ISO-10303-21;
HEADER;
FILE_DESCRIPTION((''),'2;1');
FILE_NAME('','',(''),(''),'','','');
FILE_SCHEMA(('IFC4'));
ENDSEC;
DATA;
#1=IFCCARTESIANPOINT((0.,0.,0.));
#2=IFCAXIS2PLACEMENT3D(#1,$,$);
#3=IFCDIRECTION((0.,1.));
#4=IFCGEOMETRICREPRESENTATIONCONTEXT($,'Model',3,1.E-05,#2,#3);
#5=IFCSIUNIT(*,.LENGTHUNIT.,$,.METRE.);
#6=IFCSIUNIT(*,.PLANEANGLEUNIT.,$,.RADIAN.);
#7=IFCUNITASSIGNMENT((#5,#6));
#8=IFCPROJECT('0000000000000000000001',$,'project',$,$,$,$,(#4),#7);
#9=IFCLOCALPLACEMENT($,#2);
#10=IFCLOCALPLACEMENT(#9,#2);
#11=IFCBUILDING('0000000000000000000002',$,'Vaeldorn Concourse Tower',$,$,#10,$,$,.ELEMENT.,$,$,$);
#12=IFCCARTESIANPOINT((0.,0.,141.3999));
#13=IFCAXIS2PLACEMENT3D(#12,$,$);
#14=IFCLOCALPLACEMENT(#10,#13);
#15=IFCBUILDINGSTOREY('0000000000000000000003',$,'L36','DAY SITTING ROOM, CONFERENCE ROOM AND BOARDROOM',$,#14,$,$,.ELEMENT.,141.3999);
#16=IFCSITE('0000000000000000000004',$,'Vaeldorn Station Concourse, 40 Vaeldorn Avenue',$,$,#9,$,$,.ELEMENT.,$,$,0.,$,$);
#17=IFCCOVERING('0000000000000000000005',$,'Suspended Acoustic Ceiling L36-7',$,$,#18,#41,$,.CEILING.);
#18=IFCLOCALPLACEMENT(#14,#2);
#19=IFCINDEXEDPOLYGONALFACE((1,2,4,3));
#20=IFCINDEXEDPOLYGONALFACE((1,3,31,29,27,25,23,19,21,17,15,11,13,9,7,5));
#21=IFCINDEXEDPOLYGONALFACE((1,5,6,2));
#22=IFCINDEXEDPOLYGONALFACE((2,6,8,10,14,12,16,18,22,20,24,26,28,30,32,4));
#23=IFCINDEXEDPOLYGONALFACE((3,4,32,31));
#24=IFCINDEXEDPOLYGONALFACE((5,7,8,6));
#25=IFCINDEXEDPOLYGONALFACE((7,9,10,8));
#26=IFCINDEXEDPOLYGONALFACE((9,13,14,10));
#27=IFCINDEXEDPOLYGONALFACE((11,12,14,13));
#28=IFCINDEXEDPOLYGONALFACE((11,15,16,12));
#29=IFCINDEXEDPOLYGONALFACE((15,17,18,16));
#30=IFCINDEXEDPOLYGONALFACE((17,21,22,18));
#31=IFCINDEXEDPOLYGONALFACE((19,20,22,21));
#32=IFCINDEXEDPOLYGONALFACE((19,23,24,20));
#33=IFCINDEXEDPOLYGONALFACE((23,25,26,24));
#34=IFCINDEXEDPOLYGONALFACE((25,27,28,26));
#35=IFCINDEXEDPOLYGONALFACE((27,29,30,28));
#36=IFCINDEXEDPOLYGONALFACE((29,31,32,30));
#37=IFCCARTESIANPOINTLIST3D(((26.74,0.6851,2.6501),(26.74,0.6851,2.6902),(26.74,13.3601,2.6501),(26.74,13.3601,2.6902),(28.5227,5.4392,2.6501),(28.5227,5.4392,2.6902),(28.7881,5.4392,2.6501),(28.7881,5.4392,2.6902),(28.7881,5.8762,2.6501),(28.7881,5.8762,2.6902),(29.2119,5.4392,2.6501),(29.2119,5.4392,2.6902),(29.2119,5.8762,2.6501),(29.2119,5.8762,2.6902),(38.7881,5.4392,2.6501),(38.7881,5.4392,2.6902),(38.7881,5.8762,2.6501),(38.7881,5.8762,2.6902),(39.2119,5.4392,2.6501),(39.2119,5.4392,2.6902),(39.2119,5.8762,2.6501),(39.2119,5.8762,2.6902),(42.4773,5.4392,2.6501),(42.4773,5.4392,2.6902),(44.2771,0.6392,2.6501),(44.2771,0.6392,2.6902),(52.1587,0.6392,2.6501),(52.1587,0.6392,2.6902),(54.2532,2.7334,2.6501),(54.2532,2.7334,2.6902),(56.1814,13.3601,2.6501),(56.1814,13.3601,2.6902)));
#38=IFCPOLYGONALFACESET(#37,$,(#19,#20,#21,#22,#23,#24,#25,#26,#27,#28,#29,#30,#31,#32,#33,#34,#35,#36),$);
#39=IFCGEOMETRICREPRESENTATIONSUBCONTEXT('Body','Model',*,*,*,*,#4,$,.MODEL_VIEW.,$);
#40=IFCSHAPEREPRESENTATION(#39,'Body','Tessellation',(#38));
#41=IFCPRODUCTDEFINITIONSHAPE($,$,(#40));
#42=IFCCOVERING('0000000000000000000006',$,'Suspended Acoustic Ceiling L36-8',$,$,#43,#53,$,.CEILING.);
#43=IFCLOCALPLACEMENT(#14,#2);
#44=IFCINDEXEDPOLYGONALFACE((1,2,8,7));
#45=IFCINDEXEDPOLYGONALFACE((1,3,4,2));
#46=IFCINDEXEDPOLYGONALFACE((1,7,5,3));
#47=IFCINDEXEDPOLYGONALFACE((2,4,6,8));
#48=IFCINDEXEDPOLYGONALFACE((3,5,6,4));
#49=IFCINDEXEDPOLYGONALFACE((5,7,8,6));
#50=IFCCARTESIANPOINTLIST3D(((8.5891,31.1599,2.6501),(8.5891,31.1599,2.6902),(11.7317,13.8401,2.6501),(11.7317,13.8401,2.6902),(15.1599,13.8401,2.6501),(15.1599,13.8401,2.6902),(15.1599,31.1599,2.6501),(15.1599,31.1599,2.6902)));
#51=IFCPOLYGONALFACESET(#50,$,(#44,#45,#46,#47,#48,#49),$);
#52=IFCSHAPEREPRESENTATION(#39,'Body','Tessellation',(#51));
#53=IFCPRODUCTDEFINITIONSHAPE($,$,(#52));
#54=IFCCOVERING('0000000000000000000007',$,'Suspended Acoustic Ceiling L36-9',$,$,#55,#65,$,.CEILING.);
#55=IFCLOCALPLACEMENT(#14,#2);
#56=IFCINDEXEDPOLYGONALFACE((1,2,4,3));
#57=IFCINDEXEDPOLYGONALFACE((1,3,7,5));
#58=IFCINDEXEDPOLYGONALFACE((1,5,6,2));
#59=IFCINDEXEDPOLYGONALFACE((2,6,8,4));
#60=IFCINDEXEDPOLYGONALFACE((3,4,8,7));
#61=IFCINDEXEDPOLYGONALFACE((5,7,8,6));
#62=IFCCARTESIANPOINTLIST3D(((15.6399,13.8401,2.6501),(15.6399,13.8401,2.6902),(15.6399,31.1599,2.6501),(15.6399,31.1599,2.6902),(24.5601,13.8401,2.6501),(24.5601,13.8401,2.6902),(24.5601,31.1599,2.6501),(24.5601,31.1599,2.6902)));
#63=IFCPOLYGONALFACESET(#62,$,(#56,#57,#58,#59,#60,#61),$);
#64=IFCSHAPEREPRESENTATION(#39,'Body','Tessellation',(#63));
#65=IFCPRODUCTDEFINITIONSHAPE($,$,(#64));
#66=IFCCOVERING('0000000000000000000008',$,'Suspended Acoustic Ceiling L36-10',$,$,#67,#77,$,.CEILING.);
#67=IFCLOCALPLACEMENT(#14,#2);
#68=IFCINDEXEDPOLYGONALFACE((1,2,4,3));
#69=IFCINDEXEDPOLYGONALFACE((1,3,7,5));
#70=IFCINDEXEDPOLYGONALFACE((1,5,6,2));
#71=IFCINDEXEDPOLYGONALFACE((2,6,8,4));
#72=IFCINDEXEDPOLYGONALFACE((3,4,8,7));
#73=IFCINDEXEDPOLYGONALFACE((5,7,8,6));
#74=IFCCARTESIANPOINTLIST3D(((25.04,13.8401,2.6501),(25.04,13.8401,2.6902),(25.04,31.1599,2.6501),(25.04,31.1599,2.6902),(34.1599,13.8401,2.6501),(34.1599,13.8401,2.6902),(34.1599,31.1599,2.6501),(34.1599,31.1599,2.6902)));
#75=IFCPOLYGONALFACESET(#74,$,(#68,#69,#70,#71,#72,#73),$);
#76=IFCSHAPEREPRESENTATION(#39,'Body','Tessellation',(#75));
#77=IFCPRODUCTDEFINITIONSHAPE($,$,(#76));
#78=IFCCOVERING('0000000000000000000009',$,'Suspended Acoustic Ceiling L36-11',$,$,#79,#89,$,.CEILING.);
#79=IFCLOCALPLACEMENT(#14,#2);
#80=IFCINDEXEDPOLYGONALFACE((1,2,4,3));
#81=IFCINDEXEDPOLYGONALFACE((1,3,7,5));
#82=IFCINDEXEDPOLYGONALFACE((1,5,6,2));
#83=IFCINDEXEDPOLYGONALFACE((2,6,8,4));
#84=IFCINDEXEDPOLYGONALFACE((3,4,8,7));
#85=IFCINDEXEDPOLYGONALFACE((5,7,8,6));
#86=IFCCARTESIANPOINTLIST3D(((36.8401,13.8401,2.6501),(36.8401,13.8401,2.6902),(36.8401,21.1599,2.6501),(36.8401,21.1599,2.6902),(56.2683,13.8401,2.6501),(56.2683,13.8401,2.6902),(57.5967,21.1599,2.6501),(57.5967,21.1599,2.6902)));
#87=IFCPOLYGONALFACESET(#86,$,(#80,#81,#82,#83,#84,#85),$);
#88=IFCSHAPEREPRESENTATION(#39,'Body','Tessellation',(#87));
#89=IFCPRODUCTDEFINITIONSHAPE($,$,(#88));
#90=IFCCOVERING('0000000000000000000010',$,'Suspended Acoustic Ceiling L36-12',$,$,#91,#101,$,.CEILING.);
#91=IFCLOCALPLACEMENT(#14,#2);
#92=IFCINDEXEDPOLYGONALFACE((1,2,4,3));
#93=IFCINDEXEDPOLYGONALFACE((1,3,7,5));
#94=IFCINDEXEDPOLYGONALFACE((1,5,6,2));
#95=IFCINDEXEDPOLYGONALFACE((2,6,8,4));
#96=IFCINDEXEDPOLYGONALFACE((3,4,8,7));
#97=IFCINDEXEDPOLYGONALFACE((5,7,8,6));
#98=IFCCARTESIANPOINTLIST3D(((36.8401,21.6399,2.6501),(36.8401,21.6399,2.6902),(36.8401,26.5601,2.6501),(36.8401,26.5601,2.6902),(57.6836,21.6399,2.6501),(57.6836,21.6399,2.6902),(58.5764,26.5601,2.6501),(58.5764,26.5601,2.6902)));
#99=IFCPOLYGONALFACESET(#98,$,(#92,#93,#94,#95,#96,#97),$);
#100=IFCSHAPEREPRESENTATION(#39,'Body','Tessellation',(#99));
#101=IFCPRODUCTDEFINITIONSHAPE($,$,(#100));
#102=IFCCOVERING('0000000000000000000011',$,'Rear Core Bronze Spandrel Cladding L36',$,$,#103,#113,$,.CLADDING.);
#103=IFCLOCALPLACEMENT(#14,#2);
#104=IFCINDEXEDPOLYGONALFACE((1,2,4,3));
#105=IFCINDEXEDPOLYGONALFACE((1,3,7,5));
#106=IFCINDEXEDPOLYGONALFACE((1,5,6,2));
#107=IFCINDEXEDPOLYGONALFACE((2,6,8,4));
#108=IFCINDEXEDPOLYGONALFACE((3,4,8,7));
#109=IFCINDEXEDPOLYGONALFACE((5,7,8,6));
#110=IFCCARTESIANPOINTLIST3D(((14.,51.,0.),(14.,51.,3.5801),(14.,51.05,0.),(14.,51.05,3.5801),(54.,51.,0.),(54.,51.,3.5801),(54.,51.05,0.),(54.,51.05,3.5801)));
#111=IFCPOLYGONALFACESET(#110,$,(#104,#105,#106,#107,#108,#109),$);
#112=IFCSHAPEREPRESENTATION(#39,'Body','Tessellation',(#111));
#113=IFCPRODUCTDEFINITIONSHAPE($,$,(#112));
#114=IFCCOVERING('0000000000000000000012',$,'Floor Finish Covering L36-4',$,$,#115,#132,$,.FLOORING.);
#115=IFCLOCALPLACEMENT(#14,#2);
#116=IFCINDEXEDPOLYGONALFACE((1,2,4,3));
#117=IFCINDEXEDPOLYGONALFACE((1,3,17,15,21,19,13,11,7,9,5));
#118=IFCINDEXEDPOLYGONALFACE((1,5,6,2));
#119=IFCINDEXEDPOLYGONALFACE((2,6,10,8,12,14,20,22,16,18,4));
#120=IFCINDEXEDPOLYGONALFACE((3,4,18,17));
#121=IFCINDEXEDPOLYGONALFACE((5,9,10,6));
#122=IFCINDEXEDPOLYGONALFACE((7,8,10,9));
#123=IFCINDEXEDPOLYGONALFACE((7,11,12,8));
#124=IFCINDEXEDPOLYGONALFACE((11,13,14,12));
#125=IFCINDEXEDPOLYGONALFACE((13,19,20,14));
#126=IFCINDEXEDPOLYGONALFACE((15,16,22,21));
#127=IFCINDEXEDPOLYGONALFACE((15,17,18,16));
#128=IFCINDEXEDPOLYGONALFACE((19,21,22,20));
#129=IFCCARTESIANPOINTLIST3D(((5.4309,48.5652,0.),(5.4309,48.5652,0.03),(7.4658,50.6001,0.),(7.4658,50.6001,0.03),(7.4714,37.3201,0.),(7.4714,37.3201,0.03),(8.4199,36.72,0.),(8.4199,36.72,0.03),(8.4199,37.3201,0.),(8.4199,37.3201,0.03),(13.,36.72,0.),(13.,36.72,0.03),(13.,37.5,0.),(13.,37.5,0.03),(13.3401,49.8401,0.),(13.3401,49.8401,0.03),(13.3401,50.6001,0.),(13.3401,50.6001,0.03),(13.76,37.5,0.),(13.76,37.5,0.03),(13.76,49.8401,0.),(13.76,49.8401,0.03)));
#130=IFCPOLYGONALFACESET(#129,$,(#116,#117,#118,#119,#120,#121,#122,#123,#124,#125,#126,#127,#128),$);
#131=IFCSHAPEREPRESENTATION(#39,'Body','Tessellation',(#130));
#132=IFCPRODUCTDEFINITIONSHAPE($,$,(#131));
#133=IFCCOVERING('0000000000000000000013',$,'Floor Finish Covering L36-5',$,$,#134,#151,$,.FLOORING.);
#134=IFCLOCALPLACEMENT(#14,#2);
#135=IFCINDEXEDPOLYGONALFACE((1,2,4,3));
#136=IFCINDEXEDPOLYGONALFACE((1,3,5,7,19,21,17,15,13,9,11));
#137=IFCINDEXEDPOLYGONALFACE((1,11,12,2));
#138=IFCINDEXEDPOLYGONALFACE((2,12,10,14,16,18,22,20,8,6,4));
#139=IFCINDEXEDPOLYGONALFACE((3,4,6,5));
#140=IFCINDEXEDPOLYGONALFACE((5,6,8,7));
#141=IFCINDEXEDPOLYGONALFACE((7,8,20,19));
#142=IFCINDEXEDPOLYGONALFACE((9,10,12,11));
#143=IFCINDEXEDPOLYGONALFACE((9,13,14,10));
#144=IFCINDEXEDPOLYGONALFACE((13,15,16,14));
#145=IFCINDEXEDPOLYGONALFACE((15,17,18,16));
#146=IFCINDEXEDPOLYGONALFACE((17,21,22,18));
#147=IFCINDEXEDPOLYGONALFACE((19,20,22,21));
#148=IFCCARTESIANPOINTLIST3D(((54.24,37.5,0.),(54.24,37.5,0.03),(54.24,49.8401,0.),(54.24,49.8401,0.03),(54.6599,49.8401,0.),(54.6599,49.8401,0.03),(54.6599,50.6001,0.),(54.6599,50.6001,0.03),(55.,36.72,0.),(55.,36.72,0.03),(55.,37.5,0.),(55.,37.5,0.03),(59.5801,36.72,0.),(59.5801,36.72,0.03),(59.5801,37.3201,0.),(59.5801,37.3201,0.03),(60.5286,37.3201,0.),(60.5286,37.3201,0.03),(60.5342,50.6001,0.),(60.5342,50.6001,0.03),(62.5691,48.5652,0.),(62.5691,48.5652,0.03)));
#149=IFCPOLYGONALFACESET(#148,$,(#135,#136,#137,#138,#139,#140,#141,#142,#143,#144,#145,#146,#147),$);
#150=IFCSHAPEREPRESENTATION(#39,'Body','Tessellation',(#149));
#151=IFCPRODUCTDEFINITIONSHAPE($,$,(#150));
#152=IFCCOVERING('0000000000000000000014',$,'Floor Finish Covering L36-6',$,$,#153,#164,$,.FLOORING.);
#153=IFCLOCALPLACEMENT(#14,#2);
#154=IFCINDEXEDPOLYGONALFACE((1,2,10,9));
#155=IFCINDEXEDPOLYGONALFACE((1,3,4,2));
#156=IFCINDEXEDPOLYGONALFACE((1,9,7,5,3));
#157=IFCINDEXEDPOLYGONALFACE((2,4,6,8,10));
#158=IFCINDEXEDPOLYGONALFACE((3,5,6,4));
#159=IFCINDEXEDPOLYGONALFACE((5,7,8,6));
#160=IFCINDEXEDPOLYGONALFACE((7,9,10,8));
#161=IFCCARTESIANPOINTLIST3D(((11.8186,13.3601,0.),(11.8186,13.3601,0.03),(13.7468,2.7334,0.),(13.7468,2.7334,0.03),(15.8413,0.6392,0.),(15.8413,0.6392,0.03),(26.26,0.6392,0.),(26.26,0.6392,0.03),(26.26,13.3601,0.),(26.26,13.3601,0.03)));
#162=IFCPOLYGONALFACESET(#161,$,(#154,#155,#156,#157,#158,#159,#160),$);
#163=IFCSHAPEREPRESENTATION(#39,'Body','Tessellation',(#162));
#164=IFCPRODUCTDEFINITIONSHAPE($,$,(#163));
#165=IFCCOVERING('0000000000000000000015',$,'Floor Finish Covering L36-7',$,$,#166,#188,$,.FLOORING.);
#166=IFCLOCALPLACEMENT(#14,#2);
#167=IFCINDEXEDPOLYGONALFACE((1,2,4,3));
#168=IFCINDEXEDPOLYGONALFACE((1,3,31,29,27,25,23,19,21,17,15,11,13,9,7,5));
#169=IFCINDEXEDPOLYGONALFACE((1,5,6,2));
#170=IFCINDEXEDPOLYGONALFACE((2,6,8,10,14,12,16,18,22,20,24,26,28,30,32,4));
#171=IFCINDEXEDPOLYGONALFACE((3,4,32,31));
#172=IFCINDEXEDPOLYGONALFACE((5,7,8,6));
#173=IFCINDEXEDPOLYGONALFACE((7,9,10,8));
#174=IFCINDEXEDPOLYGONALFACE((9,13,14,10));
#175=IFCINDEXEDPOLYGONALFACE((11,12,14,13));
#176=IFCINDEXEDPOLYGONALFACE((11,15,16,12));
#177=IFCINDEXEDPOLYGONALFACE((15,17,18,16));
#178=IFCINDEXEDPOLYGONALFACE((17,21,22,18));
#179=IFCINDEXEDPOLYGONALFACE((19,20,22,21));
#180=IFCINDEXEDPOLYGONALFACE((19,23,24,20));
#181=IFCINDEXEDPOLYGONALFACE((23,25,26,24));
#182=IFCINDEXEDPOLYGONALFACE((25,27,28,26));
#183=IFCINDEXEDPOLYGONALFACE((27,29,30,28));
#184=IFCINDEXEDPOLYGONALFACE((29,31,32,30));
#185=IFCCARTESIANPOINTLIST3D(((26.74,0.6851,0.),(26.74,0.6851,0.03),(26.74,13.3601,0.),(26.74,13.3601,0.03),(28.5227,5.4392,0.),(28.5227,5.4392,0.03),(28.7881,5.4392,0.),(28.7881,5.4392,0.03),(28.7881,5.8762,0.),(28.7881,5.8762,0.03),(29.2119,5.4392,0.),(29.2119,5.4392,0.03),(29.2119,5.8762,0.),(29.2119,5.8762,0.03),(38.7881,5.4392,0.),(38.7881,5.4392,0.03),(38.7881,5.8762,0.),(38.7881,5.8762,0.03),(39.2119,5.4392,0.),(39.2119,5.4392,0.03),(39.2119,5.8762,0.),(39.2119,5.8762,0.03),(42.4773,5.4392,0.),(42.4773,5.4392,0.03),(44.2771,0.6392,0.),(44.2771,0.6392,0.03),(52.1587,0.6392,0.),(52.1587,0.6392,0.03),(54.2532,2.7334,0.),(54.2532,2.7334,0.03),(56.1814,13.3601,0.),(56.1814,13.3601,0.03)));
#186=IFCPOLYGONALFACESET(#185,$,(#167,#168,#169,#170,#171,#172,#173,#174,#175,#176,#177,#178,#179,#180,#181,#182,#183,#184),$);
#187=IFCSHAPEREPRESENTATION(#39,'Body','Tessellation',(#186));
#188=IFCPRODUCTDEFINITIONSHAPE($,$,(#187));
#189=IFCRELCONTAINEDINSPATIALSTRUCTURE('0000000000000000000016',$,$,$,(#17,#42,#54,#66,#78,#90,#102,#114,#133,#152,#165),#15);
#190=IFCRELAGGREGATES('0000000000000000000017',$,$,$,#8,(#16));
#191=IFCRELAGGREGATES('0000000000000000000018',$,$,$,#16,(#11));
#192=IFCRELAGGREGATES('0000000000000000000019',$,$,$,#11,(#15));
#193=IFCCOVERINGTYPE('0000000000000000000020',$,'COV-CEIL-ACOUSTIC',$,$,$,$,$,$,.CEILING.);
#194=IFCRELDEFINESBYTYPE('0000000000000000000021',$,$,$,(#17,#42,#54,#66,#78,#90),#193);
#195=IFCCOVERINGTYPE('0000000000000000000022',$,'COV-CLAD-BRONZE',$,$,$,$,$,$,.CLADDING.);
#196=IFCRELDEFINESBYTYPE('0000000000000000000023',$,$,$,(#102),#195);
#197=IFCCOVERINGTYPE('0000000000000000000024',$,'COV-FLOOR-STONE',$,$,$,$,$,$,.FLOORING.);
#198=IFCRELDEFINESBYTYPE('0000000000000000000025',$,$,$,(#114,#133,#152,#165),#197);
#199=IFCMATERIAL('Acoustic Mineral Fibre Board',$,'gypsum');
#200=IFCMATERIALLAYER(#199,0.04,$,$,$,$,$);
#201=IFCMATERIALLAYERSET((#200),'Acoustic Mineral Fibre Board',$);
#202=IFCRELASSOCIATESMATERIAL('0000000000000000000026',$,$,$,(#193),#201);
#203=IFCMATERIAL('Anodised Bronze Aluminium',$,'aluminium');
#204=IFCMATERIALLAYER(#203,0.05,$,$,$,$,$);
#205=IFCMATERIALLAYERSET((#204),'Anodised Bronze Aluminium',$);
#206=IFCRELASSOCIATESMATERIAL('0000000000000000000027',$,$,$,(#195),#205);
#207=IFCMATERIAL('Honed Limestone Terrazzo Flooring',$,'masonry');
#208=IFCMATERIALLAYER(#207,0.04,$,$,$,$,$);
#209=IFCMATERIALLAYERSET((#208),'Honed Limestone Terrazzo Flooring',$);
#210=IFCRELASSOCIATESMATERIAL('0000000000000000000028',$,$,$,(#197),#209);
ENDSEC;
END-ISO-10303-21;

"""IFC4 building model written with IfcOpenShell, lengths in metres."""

from ifc_helpers import new_model, si_unit, direction, frame, origin, place, context, subcontext, project, spatial, polyline, outline, extrude, material, layer, layer_set, type_object, element, save


model = new_model("IFC4")

# Units and contexts
model_context = context("Model", 3, precision=1e-05, world=origin(), true_north=direction((0.0, 1.0)))
body_context = subcontext(model_context, "Body", "Model", "MODEL_VIEW")
ifc_project = project(units=[si_unit("LENGTHUNIT", "METRE"), si_unit("PLANEANGLEUNIT", "RADIAN")], contexts=[model_context])

# Site, building, storey
site_placement = place(None, origin())
site = spatial("IfcSite", under=ifc_project, at=site_placement, Name="Vaeldorn Station Concourse, 40 Vaeldorn Avenue", CompositionType="ELEMENT", RefElevation=0.0)
building_placement = place(site_placement, origin())
building = spatial("IfcBuilding", under=site, at=building_placement, Name="Vaeldorn Concourse Tower", CompositionType="ELEMENT")
storey_placement = place(building_placement, frame((0.0, 0.0, 141.3999)))
storey = spatial("IfcBuildingStorey", under=building, at=storey_placement, Name="L36", Description="DAY SITTING ROOM, CONFERENCE ROOM AND BOARDROOM", CompositionType="ELEMENT", Elevation=141.3999)

# Shared definitions
ifc_material_1 = material(Name="Anodised Bronze Aluminium", Category="aluminium")

# Coverings
ifc_material_2 = material(Name="Acoustic Mineral Fibre Board", Category="gypsum")
ifc_layer_1 = layer(ifc_material_2, 0.04)
ifc_layer_set_1 = layer_set([ifc_layer_1], Name="Acoustic Mineral Fibre Board")
covering_type_1 = type_object("IfcCoveringType", Name="COV-CEIL-ACOUSTIC", PredefinedType="CEILING", material=ifc_layer_set_1)
covering_1_placement = place(storey_placement, frame((0.0, 0.0, 2.6501)))
element("IfcCovering", 1, at=covering_1_placement, inside=storey, type_object=covering_type_1, Name="Suspended Acoustic Ceiling L36-7", PredefinedType="CEILING", context=body_context, shape_type="SweptSolid", body=[
    extrude(outline(polyline([(26.74, 13.3601), (56.1814, 13.3601), (54.2532, 2.7334), (52.1587, 0.6392), (44.2771, 0.6392), (42.4773, 5.4392), (39.2119, 5.4392), (39.2119, 5.8762), (38.7881, 5.8762), (38.7881, 5.4392), (29.2119, 5.4392), (29.2119, 5.8762), (28.7881, 5.8762), (28.7881, 5.4392), (28.5227, 5.4392), (26.74, 0.6851), (26.74, 13.3601)])), origin(), (0.0, 0.0, 1.0), 0.04),
])
covering_2_placement = place(storey_placement, frame((0.0, 0.0, 2.6501)))
element("IfcCovering", 2, at=covering_2_placement, inside=storey, type_object=covering_type_1, Name="Suspended Acoustic Ceiling L36-8", PredefinedType="CEILING", context=body_context, shape_type="SweptSolid", body=[
    extrude(outline(polyline([(15.1599, 31.1599), (15.1599, 13.8401), (11.7317, 13.8401), (8.5891, 31.1599), (15.1599, 31.1599)])), origin(), (0.0, 0.0, 1.0), 0.04),
])
covering_3_placement = place(storey_placement, frame((0.0, 0.0, 2.6501)))
element("IfcCovering", 3, at=covering_3_placement, inside=storey, type_object=covering_type_1, Name="Suspended Acoustic Ceiling L36-9", PredefinedType="CEILING", context=body_context, shape_type="SweptSolid", body=[
    extrude(outline(polyline([(15.6399, 31.1599), (24.5601, 31.1599), (24.5601, 13.8401), (15.6399, 13.8401), (15.6399, 31.1599)])), origin(), (0.0, 0.0, 1.0), 0.04),
])
covering_4_placement = place(storey_placement, frame((0.0, 0.0, 2.6501)))
element("IfcCovering", 4, at=covering_4_placement, inside=storey, type_object=covering_type_1, Name="Suspended Acoustic Ceiling L36-10", PredefinedType="CEILING", context=body_context, shape_type="SweptSolid", body=[
    extrude(outline(polyline([(25.04, 31.1599), (34.1599, 31.1599), (34.1599, 13.8401), (25.04, 13.8401), (25.04, 31.1599)])), origin(), (0.0, 0.0, 1.0), 0.04),
])
covering_5_placement = place(storey_placement, frame((0.0, 0.0, 2.6501)))
element("IfcCovering", 5, at=covering_5_placement, inside=storey, type_object=covering_type_1, Name="Suspended Acoustic Ceiling L36-11", PredefinedType="CEILING", context=body_context, shape_type="SweptSolid", body=[
    extrude(outline(polyline([(36.8401, 13.8401), (36.8401, 21.1599), (57.5967, 21.1599), (56.2683, 13.8401), (36.8401, 13.8401)])), origin(), (0.0, 0.0, 1.0), 0.04),
])
covering_6_placement = place(storey_placement, frame((0.0, 0.0, 2.6501)))
element("IfcCovering", 6, at=covering_6_placement, inside=storey, type_object=covering_type_1, Name="Suspended Acoustic Ceiling L36-12", PredefinedType="CEILING", context=body_context, shape_type="SweptSolid", body=[
    extrude(outline(polyline([(36.8401, 21.6399), (36.8401, 26.5601), (58.5764, 26.5601), (57.6836, 21.6399), (36.8401, 21.6399)])), origin(), (0.0, 0.0, 1.0), 0.04),
])
ifc_layer_2 = layer(ifc_material_1, 0.05)
ifc_layer_set_2 = layer_set([ifc_layer_2], Name="Anodised Bronze Aluminium")
covering_type_2 = type_object("IfcCoveringType", Name="COV-CLAD-BRONZE", PredefinedType="CLADDING", material=ifc_layer_set_2)
covering_7_placement = place(storey_placement, origin())
element("IfcCovering", 7, at=covering_7_placement, inside=storey, type_object=covering_type_2, Name="Rear Core Bronze Spandrel Cladding L36", PredefinedType="CLADDING", context=body_context, shape_type="SweptSolid", body=[
    extrude(outline(polyline([(14.0, 51.0), (54.0, 51.0), (54.0, 51.05), (14.0, 51.05), (14.0, 51.0)])), origin(), (0.0, 0.0, 1.0), 3.5801),
])
ifc_material_3 = material(Name="Honed Limestone Terrazzo Flooring", Category="masonry")
ifc_layer_3 = layer(ifc_material_3, 0.04)
ifc_layer_set_3 = layer_set([ifc_layer_3], Name="Honed Limestone Terrazzo Flooring")
covering_type_3 = type_object("IfcCoveringType", Name="COV-FLOOR-STONE", PredefinedType="FLOORING", material=ifc_layer_set_3)
covering_8_placement = place(storey_placement, origin())
element("IfcCovering", 8, at=covering_8_placement, inside=storey, type_object=covering_type_3, Name="Floor Finish Covering L36-4", PredefinedType="FLOORING", context=body_context, shape_type="SweptSolid", body=[
    extrude(outline(polyline([(7.4658, 50.6001), (13.3401, 50.6001), (13.3401, 49.8401), (13.76, 49.8401), (13.76, 37.5), (13.0, 37.5), (13.0, 36.72), (8.4199, 36.72), (8.4199, 37.3201), (7.4714, 37.3201), (5.4309, 48.5652), (7.4658, 50.6001)])), origin(), (0.0, 0.0, 1.0), 0.03),
])
covering_9_placement = place(storey_placement, origin())
element("IfcCovering", 9, at=covering_9_placement, inside=storey, type_object=covering_type_3, Name="Floor Finish Covering L36-5", PredefinedType="FLOORING", context=body_context, shape_type="SweptSolid", body=[
    extrude(outline(polyline([(54.6599, 49.8401), (54.6599, 50.6001), (60.5342, 50.6001), (62.5691, 48.5652), (60.5286, 37.3201), (59.5801, 37.3201), (59.5801, 36.72), (55.0, 36.72), (55.0, 37.5), (54.24, 37.5), (54.24, 49.8401), (54.6599, 49.8401)])), origin(), (0.0, 0.0, 1.0), 0.03),
])
covering_10_placement = place(storey_placement, origin())
element("IfcCovering", 10, at=covering_10_placement, inside=storey, type_object=covering_type_3, Name="Floor Finish Covering L36-6", PredefinedType="FLOORING", context=body_context, shape_type="SweptSolid", body=[
    extrude(outline(polyline([(26.26, 13.3601), (26.26, 0.6392), (15.8413, 0.6392), (13.7468, 2.7334), (11.8186, 13.3601), (26.26, 13.3601)])), origin(), (0.0, 0.0, 1.0), 0.03),
])
covering_11_placement = place(storey_placement, origin())
element("IfcCovering", 11, at=covering_11_placement, inside=storey, type_object=covering_type_3, Name="Floor Finish Covering L36-7", PredefinedType="FLOORING", context=body_context, shape_type="SweptSolid", body=[
    extrude(outline(polyline([(26.74, 13.3601), (56.1814, 13.3601), (54.2532, 2.7334), (52.1587, 0.6392), (44.2771, 0.6392), (42.4773, 5.4392), (39.2119, 5.4392), (39.2119, 5.8762), (38.7881, 5.8762), (38.7881, 5.4392), (29.2119, 5.4392), (29.2119, 5.8762), (28.7881, 5.8762), (28.7881, 5.4392), (28.5227, 5.4392), (26.74, 0.6851), (26.74, 13.3601)])), origin(), (0.0, 0.0, 1.0), 0.03),
])

save(model, "model.ifc")
